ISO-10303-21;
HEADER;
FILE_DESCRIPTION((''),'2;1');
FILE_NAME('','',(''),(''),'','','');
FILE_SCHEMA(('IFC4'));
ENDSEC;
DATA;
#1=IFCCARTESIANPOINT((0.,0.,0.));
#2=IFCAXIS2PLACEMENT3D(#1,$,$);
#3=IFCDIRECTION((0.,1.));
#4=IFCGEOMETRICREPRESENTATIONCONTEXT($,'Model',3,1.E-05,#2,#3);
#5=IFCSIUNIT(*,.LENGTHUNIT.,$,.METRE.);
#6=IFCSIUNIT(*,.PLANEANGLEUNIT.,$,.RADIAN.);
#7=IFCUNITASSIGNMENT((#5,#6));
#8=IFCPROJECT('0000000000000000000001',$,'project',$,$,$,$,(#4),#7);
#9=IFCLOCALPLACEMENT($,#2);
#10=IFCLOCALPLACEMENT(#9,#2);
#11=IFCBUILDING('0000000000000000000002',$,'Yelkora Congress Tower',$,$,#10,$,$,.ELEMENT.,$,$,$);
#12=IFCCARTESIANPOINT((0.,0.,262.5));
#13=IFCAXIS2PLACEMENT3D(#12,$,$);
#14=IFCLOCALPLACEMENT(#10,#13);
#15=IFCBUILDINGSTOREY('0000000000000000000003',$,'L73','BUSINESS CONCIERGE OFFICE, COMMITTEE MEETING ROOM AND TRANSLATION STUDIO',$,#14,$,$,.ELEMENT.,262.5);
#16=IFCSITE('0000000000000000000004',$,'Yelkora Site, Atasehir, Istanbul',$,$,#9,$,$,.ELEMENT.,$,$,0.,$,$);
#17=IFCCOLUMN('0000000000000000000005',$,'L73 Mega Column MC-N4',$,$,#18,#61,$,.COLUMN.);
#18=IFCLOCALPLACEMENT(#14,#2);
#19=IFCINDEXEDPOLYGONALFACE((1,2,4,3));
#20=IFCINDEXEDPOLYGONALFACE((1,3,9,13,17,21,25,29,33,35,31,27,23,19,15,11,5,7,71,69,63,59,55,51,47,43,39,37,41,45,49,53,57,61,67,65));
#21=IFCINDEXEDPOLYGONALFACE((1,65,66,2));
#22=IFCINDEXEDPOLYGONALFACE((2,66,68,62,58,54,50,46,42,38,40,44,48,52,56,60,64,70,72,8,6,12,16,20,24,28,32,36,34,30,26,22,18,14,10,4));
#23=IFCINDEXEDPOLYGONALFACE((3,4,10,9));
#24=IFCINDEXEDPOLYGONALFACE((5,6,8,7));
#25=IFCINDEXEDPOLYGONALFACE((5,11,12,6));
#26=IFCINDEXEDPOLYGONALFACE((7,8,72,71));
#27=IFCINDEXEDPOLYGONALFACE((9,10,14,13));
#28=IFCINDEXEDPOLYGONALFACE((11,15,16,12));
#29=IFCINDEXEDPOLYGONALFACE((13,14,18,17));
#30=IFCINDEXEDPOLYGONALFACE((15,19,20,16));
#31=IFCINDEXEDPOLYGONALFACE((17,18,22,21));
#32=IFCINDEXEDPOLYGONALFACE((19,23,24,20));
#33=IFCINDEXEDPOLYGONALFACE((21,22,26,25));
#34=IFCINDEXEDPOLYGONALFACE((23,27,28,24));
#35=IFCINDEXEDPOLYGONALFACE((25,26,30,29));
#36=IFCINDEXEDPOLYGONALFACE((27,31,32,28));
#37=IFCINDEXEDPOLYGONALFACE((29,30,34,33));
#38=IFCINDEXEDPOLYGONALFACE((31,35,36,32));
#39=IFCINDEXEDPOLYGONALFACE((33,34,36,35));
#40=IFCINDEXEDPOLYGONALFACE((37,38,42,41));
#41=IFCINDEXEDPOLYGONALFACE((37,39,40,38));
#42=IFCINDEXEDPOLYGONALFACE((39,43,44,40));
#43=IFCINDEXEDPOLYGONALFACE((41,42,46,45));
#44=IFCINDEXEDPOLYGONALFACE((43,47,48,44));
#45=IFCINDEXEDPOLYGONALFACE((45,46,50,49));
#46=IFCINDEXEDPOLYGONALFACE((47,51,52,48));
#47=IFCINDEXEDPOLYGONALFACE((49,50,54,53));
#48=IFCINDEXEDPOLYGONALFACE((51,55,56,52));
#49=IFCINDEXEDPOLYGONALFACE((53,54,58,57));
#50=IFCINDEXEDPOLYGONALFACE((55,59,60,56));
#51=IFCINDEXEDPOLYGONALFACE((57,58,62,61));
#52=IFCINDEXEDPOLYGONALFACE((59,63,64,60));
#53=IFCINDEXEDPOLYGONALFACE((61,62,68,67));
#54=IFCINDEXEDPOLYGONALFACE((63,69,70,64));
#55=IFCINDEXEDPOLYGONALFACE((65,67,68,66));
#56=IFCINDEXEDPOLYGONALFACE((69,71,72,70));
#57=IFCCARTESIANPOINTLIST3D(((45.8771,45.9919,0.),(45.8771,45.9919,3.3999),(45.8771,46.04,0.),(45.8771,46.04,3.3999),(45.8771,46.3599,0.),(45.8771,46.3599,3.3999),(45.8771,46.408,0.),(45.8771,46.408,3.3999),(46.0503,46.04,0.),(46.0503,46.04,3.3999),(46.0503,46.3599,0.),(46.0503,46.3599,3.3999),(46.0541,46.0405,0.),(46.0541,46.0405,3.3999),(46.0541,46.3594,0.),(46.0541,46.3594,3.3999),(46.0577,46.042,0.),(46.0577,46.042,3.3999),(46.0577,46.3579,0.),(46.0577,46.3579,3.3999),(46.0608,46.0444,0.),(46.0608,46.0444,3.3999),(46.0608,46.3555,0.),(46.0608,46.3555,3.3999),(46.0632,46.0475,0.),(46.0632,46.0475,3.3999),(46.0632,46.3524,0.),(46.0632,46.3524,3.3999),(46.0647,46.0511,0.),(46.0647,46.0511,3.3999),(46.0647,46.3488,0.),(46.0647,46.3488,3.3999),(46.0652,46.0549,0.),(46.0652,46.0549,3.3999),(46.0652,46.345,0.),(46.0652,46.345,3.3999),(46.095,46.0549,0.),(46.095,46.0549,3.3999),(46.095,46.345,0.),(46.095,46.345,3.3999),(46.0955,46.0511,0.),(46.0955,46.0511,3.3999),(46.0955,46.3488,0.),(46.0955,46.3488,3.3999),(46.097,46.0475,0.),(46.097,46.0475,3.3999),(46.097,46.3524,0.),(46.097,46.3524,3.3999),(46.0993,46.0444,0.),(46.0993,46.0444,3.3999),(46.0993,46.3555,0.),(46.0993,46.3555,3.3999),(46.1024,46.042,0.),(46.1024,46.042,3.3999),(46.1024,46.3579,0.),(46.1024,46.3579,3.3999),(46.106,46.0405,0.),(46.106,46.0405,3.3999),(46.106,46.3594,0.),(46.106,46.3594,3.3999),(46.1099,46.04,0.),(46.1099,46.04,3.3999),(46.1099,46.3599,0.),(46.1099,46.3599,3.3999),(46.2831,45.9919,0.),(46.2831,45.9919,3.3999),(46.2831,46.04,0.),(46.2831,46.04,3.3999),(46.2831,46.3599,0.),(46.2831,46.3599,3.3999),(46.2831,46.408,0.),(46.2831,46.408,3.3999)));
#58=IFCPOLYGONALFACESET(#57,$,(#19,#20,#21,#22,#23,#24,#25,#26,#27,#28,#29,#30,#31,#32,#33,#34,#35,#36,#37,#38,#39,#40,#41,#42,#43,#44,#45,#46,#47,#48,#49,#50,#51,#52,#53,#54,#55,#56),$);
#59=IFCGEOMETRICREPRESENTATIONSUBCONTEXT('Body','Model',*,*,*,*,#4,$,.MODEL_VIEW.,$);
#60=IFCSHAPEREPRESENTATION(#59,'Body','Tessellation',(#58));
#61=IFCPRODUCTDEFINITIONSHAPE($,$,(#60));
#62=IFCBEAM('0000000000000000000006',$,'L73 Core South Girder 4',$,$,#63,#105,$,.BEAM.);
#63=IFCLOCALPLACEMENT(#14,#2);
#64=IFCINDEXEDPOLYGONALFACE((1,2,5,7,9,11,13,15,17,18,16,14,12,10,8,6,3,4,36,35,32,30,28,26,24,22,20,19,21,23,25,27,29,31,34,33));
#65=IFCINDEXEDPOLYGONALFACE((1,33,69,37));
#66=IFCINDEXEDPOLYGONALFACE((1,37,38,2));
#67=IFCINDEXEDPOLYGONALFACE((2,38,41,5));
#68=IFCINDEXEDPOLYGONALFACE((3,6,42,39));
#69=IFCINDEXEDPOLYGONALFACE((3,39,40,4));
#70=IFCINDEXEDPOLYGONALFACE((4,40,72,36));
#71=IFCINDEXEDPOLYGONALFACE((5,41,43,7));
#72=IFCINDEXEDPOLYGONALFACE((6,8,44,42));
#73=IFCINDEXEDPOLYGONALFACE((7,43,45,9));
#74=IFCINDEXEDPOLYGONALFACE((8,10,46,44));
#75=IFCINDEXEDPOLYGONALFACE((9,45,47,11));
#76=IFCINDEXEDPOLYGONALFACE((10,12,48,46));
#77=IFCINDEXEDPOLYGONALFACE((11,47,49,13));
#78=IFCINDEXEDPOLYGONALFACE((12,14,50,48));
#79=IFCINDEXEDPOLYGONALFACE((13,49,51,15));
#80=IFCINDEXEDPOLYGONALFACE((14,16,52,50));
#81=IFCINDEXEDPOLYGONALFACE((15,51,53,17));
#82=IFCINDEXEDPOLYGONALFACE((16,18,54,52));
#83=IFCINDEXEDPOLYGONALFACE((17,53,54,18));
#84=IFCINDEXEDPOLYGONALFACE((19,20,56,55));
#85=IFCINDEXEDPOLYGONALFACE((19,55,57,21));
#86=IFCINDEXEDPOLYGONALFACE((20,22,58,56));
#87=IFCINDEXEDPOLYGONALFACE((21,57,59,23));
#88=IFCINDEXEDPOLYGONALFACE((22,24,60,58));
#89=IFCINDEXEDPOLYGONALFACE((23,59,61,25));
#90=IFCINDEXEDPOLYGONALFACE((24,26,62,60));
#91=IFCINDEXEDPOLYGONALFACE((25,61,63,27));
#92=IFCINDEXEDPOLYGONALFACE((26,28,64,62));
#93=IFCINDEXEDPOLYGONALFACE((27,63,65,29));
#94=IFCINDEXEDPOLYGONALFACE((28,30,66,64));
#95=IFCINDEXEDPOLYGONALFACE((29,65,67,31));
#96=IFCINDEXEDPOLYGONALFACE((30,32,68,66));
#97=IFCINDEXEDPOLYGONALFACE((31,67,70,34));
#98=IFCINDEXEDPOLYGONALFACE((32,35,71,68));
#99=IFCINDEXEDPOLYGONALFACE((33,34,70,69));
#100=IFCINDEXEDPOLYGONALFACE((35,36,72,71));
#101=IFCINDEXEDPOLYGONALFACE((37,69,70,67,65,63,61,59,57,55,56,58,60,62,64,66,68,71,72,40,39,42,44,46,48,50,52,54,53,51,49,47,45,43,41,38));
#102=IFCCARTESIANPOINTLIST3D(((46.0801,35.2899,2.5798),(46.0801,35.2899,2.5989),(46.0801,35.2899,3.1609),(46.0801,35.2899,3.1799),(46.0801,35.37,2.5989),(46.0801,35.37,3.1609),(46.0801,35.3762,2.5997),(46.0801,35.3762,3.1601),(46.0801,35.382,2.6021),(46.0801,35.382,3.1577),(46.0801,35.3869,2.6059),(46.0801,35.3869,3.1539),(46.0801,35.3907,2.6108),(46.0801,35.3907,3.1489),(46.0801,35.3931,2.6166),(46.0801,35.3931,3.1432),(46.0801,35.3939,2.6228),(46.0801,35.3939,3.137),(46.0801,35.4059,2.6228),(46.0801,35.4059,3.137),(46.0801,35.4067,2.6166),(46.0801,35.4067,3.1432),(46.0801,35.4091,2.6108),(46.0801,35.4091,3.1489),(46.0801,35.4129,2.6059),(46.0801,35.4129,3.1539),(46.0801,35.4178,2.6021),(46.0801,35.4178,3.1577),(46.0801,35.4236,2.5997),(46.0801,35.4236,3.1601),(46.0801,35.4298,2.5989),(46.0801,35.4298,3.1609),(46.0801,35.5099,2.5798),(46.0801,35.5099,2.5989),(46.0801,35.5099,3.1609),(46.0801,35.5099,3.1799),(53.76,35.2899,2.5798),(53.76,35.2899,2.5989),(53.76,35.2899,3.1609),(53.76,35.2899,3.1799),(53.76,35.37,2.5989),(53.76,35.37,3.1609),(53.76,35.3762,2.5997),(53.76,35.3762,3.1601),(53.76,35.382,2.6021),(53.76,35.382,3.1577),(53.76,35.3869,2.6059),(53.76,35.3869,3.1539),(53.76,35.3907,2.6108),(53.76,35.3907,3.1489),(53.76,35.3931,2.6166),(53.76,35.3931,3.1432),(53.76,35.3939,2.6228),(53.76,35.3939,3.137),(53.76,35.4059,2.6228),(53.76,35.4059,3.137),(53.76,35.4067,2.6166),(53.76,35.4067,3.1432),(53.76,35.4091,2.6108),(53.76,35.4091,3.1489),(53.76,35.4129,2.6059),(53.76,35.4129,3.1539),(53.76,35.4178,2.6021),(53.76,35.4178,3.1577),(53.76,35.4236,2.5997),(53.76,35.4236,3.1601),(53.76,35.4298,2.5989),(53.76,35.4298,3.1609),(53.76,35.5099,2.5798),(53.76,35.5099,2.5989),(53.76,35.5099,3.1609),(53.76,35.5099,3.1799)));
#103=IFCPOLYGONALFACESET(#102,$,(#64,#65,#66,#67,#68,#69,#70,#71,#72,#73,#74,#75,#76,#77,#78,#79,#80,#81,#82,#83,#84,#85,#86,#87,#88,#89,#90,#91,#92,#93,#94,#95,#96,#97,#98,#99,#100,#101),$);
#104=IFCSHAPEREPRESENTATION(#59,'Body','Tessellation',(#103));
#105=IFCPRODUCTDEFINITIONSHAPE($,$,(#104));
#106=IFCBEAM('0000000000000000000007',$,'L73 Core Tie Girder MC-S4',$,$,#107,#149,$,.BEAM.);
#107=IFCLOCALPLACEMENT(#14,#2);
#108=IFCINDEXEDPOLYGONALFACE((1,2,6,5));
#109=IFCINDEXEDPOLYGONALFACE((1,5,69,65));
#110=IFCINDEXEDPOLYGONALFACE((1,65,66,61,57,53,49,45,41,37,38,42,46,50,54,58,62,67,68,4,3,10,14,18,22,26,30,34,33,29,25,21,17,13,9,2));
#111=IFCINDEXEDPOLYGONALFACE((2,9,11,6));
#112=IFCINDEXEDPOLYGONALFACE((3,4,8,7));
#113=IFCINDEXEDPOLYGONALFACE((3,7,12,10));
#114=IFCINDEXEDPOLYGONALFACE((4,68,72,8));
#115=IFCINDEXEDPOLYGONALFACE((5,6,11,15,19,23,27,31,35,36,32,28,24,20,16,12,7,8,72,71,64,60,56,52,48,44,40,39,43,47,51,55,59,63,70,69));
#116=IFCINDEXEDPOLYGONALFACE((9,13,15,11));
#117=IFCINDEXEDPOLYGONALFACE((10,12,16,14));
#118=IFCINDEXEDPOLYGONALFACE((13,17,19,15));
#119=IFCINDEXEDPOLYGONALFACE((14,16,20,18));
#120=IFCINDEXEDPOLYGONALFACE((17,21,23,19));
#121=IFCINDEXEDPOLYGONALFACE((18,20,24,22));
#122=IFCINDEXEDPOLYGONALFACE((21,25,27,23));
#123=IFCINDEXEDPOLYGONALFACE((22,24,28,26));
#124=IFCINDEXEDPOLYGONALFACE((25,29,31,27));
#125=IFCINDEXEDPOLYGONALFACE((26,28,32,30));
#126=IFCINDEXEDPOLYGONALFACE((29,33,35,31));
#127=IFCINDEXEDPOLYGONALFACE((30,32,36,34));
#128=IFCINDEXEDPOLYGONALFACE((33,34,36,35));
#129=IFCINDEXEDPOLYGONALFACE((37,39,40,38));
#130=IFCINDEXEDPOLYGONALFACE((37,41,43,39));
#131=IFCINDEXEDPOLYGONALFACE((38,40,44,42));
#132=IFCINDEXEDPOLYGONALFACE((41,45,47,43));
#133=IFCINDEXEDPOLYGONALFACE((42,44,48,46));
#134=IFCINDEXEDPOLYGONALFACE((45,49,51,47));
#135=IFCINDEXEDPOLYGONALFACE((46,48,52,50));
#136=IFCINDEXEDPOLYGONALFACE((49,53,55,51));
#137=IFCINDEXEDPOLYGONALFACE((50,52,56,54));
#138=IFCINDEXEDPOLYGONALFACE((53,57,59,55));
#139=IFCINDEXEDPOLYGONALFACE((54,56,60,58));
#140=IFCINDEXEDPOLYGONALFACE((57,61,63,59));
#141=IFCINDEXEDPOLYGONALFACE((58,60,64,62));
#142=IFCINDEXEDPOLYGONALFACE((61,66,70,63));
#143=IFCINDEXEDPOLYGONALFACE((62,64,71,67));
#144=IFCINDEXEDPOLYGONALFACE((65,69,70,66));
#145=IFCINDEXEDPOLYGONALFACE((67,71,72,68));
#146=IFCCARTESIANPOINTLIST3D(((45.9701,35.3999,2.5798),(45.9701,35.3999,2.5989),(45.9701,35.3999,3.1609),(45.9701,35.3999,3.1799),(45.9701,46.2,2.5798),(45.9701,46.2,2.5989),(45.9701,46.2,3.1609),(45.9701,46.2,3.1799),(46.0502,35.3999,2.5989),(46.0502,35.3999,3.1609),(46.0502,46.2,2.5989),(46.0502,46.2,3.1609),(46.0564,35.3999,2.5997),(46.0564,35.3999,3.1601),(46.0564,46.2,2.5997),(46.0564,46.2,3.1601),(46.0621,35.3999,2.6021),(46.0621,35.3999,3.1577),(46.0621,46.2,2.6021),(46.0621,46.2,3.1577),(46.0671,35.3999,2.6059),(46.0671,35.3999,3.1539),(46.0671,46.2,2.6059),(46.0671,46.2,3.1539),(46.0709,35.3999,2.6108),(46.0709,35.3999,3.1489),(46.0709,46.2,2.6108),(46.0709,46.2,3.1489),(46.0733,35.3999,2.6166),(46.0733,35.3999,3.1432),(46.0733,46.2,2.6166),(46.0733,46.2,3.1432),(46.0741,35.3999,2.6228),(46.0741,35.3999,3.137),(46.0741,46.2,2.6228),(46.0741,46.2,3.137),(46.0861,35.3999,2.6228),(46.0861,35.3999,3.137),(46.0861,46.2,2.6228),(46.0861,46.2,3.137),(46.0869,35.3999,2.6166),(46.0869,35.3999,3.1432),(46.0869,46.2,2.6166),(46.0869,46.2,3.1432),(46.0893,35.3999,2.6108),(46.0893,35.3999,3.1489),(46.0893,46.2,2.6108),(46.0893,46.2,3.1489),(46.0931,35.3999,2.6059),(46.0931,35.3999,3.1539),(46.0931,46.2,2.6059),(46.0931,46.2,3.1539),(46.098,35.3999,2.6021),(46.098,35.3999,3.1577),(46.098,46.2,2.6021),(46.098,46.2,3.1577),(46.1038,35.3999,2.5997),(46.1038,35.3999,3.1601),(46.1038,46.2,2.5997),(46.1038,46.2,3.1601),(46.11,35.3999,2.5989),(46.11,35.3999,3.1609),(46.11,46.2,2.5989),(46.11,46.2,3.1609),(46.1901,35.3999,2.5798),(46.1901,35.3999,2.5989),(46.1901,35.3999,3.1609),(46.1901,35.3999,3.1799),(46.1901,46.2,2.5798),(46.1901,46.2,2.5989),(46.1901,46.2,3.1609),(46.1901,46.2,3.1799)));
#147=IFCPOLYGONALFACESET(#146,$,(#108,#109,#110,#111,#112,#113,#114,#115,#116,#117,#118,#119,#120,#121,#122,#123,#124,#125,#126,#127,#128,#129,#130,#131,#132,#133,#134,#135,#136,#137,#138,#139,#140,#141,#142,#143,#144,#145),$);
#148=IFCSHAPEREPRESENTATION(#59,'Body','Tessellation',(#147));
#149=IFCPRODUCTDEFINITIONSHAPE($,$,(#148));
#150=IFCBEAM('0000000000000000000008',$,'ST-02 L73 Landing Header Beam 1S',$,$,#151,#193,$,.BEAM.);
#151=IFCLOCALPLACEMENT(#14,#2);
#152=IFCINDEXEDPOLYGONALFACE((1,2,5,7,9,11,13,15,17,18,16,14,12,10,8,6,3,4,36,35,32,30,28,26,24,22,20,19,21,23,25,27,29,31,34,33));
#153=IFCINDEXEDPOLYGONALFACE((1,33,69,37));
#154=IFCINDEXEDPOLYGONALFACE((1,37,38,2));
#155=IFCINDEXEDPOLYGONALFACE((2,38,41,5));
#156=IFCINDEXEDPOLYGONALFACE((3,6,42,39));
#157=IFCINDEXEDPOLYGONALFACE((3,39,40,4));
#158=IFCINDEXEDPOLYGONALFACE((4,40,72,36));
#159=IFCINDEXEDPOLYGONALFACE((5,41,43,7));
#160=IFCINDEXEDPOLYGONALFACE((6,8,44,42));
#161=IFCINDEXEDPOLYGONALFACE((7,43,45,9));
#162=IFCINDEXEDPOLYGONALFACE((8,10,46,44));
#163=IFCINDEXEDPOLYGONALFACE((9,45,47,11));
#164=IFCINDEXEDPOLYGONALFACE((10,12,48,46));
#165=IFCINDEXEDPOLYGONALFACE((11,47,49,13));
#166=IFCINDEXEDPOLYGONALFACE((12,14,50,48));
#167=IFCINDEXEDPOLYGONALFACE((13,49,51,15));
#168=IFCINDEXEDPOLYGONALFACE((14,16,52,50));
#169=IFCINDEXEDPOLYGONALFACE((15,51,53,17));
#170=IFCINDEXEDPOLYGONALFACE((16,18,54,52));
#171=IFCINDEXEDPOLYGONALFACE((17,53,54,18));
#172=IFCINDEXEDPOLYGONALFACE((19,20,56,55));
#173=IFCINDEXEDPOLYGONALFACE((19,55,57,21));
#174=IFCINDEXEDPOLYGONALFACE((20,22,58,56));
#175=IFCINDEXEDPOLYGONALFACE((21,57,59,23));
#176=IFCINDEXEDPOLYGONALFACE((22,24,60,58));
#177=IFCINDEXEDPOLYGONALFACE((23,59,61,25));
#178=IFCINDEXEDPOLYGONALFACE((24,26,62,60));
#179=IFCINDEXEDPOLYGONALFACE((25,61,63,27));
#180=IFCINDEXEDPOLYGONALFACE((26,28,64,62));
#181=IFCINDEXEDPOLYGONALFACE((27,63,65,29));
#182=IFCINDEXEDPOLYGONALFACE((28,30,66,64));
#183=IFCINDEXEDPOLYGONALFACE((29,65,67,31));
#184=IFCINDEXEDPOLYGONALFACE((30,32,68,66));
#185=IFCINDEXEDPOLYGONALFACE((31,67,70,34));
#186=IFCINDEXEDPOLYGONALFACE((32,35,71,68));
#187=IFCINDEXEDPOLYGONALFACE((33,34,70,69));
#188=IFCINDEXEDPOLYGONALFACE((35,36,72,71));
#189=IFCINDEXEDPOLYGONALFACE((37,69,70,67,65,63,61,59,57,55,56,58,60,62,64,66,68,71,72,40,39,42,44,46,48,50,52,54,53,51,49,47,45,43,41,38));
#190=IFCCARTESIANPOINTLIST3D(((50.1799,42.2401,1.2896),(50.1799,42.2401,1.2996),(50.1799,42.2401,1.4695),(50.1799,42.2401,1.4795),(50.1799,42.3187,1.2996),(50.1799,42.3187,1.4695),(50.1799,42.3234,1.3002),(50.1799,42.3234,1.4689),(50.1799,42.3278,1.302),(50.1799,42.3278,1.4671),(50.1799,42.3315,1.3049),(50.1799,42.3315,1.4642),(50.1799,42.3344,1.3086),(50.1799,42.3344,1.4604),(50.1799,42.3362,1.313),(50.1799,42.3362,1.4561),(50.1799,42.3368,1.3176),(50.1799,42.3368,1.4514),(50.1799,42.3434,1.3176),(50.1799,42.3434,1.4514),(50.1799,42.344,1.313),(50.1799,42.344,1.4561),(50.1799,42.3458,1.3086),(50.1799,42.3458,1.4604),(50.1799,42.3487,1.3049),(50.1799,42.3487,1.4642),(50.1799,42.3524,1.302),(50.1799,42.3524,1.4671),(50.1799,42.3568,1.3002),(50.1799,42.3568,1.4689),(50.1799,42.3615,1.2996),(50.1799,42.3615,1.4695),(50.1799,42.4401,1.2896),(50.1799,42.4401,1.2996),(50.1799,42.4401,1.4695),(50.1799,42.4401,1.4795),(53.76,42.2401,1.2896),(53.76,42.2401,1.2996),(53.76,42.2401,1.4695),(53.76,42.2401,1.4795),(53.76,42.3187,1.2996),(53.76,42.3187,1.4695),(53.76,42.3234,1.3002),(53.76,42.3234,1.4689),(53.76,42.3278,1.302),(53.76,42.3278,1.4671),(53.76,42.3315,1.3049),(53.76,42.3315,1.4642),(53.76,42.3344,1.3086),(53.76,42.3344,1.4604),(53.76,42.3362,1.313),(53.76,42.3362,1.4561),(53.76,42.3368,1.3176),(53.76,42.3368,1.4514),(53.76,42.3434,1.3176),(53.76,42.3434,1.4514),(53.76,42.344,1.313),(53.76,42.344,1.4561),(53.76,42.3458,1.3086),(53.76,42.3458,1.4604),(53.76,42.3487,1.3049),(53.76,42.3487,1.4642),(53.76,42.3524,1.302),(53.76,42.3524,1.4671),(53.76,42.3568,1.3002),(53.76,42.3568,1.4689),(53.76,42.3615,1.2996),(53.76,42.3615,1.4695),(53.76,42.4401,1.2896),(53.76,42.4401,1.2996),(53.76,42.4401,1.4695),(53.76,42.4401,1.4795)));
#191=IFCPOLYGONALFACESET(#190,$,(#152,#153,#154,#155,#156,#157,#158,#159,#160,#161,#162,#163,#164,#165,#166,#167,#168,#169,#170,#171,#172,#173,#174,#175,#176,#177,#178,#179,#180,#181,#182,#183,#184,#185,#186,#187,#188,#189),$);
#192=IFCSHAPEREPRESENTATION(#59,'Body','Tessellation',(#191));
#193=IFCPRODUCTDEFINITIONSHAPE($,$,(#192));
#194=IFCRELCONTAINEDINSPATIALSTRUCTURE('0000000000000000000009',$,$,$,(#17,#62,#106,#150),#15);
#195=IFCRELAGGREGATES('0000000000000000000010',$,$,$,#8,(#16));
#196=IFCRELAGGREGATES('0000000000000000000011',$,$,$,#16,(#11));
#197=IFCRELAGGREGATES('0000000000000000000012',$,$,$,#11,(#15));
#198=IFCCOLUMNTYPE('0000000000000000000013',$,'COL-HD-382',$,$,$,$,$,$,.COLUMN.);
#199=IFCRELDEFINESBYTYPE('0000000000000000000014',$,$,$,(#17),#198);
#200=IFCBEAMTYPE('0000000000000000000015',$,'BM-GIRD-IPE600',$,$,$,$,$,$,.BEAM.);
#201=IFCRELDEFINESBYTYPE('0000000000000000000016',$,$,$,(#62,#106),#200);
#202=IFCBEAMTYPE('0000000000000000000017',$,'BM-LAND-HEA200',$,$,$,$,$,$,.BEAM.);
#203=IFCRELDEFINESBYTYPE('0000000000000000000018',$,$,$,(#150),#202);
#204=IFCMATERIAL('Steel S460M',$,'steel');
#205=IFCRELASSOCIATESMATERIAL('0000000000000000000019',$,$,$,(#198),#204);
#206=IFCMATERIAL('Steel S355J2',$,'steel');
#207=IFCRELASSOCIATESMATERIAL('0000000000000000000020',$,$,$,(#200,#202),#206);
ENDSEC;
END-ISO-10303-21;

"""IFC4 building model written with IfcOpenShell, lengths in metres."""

from ifc_helpers import new_model, si_unit, direction, frame, origin, origin_2d, place, context, subcontext, project, spatial, i_section, extrude, material, material_profile, profile_set, type_object, element, save


model = new_model("IFC4")

# Units and contexts
model_context = context("Model", 3, precision=1e-05, world=origin(), true_north=direction((0.0, 1.0)))
body_context = subcontext(model_context, "Body", "Model", "MODEL_VIEW")
ifc_project = project(units=[si_unit("LENGTHUNIT", "METRE"), si_unit("PLANEANGLEUNIT", "RADIAN")], contexts=[model_context])

# Site, building, storey
site_placement = place(None, origin())
site = spatial("IfcSite", under=ifc_project, at=site_placement, Name="Yelkora Site, Atasehir, Istanbul", CompositionType="ELEMENT", RefElevation=0.0)
building_placement = place(site_placement, origin())
building = spatial("IfcBuilding", under=site, at=building_placement, Name="Yelkora Congress Tower", CompositionType="ELEMENT")
storey_placement = place(building_placement, frame((0.0, 0.0, 262.5)))
storey = spatial("IfcBuildingStorey", under=building, at=storey_placement, Name="L73", Description="BUSINESS CONCIERGE OFFICE, COMMITTEE MEETING ROOM AND TRANSLATION STUDIO", CompositionType="ELEMENT", Elevation=262.5)

# Column
ifc_material_1 = material(Name="Steel S460M", Category="steel")
ifc_material_profile_1 = material_profile(ifc_material_1, i_section(OverallWidth=0.406, OverallDepth=0.416, WebThickness=0.0298, FlangeThickness=0.0481, FilletRadius=0.0149, at=origin_2d()), Name="HD 400x382")
ifc_profile_set_1 = profile_set([ifc_material_profile_1], Name="Steel S460M")
column_type = type_object("IfcColumnType", Name="COL-HD-382", PredefinedType="COLUMN", material=ifc_profile_set_1)
column_placement = place(storey_placement, frame((46.0801, 46.2, 0.0), z_axis=(0.0, 0.0, 1.0), x_axis=(1.0, 0.0, 0.0)))
element("IfcColumn", 1, at=column_placement, inside=storey, type_object=column_type, Name="L73 Mega Column MC-N4", PredefinedType="COLUMN", context=body_context, shape_type="SweptSolid", body=[
    extrude(i_section(OverallWidth=0.406, OverallDepth=0.416, WebThickness=0.0298, FlangeThickness=0.0481, FilletRadius=0.0149, at=origin_2d()), origin(), (0.0, 0.0, 1.0), 3.3999),
])

# Beams
ifc_material_2 = material(Name="Steel S355J2", Category="steel")
ifc_material_profile_2 = material_profile(ifc_material_2, i_section(OverallWidth=0.22, OverallDepth=0.6001, WebThickness=0.012, FlangeThickness=0.019, FilletRadius=0.0239, at=origin_2d()), Name="IPE 600")
ifc_profile_set_2 = profile_set([ifc_material_profile_2], Name="Steel S355J2")
beam_type_1 = type_object("IfcBeamType", Name="BM-GIRD-IPE600", PredefinedType="BEAM", material=ifc_profile_set_2)
beam_1_placement = place(storey_placement, frame((46.0801, 35.3999, 2.8799), z_axis=(1.0, 0.0, 0.0), x_axis=(0.0, 1.0, 0.0)))
element("IfcBeam", 2, at=beam_1_placement, inside=storey, type_object=beam_type_1, Name="L73 Core South Girder 4", PredefinedType="BEAM", context=body_context, shape_type="SweptSolid", body=[
    extrude(i_section(OverallWidth=0.22, OverallDepth=0.6001, WebThickness=0.012, FlangeThickness=0.019, FilletRadius=0.0239, at=origin_2d()), origin(), (0.0, 0.0, 1.0), 7.6799),
])
beam_2_placement = place(storey_placement, frame((46.0801, 35.3999, 2.8799), z_axis=(0.0, 1.0, 0.0), x_axis=(-1.0, 0.0, 0.0)))
element("IfcBeam", 3, at=beam_2_placement, inside=storey, type_object=beam_type_1, Name="L73 Core Tie Girder MC-S4", PredefinedType="BEAM", context=body_context, shape_type="SweptSolid", body=[
    extrude(i_section(OverallWidth=0.22, OverallDepth=0.6001, WebThickness=0.012, FlangeThickness=0.019, FilletRadius=0.0239, at=origin_2d()), origin(), (0.0, 0.0, 1.0), 10.8),
])
ifc_material_profile_3 = material_profile(ifc_material_2, i_section(OverallWidth=0.2, OverallDepth=0.1899, WebThickness=0.0066, FlangeThickness=0.01, FilletRadius=0.0181, at=origin_2d()), Name="HEA 200")
ifc_profile_set_3 = profile_set([ifc_material_profile_3], Name="Steel S355J2")
beam_type_2 = type_object("IfcBeamType", Name="BM-LAND-HEA200", PredefinedType="BEAM", material=ifc_profile_set_3)
for number, where, z_axis, x_axis, name in (
    (4, (50.1799, 42.3401, 1.3845), (1.0, 0.0, 0.0), (0.0, 1.0, 0.0), "ST-02 L73 Landing Header Beam 1S"),
):
    element("IfcBeam", number, at=place(storey_placement, frame(where, z_axis=z_axis, x_axis=x_axis)), inside=storey, type_object=beam_type_2, Name=name, PredefinedType="BEAM", context=body_context, shape_type="SweptSolid", body=[
        extrude(i_section(OverallWidth=0.2, OverallDepth=0.1899, WebThickness=0.0066, FlangeThickness=0.01, FilletRadius=0.0181, at=origin_2d()), origin(), (0.0, 0.0, 1.0), 3.5801),
    ])

save(model, "model.ifc")
